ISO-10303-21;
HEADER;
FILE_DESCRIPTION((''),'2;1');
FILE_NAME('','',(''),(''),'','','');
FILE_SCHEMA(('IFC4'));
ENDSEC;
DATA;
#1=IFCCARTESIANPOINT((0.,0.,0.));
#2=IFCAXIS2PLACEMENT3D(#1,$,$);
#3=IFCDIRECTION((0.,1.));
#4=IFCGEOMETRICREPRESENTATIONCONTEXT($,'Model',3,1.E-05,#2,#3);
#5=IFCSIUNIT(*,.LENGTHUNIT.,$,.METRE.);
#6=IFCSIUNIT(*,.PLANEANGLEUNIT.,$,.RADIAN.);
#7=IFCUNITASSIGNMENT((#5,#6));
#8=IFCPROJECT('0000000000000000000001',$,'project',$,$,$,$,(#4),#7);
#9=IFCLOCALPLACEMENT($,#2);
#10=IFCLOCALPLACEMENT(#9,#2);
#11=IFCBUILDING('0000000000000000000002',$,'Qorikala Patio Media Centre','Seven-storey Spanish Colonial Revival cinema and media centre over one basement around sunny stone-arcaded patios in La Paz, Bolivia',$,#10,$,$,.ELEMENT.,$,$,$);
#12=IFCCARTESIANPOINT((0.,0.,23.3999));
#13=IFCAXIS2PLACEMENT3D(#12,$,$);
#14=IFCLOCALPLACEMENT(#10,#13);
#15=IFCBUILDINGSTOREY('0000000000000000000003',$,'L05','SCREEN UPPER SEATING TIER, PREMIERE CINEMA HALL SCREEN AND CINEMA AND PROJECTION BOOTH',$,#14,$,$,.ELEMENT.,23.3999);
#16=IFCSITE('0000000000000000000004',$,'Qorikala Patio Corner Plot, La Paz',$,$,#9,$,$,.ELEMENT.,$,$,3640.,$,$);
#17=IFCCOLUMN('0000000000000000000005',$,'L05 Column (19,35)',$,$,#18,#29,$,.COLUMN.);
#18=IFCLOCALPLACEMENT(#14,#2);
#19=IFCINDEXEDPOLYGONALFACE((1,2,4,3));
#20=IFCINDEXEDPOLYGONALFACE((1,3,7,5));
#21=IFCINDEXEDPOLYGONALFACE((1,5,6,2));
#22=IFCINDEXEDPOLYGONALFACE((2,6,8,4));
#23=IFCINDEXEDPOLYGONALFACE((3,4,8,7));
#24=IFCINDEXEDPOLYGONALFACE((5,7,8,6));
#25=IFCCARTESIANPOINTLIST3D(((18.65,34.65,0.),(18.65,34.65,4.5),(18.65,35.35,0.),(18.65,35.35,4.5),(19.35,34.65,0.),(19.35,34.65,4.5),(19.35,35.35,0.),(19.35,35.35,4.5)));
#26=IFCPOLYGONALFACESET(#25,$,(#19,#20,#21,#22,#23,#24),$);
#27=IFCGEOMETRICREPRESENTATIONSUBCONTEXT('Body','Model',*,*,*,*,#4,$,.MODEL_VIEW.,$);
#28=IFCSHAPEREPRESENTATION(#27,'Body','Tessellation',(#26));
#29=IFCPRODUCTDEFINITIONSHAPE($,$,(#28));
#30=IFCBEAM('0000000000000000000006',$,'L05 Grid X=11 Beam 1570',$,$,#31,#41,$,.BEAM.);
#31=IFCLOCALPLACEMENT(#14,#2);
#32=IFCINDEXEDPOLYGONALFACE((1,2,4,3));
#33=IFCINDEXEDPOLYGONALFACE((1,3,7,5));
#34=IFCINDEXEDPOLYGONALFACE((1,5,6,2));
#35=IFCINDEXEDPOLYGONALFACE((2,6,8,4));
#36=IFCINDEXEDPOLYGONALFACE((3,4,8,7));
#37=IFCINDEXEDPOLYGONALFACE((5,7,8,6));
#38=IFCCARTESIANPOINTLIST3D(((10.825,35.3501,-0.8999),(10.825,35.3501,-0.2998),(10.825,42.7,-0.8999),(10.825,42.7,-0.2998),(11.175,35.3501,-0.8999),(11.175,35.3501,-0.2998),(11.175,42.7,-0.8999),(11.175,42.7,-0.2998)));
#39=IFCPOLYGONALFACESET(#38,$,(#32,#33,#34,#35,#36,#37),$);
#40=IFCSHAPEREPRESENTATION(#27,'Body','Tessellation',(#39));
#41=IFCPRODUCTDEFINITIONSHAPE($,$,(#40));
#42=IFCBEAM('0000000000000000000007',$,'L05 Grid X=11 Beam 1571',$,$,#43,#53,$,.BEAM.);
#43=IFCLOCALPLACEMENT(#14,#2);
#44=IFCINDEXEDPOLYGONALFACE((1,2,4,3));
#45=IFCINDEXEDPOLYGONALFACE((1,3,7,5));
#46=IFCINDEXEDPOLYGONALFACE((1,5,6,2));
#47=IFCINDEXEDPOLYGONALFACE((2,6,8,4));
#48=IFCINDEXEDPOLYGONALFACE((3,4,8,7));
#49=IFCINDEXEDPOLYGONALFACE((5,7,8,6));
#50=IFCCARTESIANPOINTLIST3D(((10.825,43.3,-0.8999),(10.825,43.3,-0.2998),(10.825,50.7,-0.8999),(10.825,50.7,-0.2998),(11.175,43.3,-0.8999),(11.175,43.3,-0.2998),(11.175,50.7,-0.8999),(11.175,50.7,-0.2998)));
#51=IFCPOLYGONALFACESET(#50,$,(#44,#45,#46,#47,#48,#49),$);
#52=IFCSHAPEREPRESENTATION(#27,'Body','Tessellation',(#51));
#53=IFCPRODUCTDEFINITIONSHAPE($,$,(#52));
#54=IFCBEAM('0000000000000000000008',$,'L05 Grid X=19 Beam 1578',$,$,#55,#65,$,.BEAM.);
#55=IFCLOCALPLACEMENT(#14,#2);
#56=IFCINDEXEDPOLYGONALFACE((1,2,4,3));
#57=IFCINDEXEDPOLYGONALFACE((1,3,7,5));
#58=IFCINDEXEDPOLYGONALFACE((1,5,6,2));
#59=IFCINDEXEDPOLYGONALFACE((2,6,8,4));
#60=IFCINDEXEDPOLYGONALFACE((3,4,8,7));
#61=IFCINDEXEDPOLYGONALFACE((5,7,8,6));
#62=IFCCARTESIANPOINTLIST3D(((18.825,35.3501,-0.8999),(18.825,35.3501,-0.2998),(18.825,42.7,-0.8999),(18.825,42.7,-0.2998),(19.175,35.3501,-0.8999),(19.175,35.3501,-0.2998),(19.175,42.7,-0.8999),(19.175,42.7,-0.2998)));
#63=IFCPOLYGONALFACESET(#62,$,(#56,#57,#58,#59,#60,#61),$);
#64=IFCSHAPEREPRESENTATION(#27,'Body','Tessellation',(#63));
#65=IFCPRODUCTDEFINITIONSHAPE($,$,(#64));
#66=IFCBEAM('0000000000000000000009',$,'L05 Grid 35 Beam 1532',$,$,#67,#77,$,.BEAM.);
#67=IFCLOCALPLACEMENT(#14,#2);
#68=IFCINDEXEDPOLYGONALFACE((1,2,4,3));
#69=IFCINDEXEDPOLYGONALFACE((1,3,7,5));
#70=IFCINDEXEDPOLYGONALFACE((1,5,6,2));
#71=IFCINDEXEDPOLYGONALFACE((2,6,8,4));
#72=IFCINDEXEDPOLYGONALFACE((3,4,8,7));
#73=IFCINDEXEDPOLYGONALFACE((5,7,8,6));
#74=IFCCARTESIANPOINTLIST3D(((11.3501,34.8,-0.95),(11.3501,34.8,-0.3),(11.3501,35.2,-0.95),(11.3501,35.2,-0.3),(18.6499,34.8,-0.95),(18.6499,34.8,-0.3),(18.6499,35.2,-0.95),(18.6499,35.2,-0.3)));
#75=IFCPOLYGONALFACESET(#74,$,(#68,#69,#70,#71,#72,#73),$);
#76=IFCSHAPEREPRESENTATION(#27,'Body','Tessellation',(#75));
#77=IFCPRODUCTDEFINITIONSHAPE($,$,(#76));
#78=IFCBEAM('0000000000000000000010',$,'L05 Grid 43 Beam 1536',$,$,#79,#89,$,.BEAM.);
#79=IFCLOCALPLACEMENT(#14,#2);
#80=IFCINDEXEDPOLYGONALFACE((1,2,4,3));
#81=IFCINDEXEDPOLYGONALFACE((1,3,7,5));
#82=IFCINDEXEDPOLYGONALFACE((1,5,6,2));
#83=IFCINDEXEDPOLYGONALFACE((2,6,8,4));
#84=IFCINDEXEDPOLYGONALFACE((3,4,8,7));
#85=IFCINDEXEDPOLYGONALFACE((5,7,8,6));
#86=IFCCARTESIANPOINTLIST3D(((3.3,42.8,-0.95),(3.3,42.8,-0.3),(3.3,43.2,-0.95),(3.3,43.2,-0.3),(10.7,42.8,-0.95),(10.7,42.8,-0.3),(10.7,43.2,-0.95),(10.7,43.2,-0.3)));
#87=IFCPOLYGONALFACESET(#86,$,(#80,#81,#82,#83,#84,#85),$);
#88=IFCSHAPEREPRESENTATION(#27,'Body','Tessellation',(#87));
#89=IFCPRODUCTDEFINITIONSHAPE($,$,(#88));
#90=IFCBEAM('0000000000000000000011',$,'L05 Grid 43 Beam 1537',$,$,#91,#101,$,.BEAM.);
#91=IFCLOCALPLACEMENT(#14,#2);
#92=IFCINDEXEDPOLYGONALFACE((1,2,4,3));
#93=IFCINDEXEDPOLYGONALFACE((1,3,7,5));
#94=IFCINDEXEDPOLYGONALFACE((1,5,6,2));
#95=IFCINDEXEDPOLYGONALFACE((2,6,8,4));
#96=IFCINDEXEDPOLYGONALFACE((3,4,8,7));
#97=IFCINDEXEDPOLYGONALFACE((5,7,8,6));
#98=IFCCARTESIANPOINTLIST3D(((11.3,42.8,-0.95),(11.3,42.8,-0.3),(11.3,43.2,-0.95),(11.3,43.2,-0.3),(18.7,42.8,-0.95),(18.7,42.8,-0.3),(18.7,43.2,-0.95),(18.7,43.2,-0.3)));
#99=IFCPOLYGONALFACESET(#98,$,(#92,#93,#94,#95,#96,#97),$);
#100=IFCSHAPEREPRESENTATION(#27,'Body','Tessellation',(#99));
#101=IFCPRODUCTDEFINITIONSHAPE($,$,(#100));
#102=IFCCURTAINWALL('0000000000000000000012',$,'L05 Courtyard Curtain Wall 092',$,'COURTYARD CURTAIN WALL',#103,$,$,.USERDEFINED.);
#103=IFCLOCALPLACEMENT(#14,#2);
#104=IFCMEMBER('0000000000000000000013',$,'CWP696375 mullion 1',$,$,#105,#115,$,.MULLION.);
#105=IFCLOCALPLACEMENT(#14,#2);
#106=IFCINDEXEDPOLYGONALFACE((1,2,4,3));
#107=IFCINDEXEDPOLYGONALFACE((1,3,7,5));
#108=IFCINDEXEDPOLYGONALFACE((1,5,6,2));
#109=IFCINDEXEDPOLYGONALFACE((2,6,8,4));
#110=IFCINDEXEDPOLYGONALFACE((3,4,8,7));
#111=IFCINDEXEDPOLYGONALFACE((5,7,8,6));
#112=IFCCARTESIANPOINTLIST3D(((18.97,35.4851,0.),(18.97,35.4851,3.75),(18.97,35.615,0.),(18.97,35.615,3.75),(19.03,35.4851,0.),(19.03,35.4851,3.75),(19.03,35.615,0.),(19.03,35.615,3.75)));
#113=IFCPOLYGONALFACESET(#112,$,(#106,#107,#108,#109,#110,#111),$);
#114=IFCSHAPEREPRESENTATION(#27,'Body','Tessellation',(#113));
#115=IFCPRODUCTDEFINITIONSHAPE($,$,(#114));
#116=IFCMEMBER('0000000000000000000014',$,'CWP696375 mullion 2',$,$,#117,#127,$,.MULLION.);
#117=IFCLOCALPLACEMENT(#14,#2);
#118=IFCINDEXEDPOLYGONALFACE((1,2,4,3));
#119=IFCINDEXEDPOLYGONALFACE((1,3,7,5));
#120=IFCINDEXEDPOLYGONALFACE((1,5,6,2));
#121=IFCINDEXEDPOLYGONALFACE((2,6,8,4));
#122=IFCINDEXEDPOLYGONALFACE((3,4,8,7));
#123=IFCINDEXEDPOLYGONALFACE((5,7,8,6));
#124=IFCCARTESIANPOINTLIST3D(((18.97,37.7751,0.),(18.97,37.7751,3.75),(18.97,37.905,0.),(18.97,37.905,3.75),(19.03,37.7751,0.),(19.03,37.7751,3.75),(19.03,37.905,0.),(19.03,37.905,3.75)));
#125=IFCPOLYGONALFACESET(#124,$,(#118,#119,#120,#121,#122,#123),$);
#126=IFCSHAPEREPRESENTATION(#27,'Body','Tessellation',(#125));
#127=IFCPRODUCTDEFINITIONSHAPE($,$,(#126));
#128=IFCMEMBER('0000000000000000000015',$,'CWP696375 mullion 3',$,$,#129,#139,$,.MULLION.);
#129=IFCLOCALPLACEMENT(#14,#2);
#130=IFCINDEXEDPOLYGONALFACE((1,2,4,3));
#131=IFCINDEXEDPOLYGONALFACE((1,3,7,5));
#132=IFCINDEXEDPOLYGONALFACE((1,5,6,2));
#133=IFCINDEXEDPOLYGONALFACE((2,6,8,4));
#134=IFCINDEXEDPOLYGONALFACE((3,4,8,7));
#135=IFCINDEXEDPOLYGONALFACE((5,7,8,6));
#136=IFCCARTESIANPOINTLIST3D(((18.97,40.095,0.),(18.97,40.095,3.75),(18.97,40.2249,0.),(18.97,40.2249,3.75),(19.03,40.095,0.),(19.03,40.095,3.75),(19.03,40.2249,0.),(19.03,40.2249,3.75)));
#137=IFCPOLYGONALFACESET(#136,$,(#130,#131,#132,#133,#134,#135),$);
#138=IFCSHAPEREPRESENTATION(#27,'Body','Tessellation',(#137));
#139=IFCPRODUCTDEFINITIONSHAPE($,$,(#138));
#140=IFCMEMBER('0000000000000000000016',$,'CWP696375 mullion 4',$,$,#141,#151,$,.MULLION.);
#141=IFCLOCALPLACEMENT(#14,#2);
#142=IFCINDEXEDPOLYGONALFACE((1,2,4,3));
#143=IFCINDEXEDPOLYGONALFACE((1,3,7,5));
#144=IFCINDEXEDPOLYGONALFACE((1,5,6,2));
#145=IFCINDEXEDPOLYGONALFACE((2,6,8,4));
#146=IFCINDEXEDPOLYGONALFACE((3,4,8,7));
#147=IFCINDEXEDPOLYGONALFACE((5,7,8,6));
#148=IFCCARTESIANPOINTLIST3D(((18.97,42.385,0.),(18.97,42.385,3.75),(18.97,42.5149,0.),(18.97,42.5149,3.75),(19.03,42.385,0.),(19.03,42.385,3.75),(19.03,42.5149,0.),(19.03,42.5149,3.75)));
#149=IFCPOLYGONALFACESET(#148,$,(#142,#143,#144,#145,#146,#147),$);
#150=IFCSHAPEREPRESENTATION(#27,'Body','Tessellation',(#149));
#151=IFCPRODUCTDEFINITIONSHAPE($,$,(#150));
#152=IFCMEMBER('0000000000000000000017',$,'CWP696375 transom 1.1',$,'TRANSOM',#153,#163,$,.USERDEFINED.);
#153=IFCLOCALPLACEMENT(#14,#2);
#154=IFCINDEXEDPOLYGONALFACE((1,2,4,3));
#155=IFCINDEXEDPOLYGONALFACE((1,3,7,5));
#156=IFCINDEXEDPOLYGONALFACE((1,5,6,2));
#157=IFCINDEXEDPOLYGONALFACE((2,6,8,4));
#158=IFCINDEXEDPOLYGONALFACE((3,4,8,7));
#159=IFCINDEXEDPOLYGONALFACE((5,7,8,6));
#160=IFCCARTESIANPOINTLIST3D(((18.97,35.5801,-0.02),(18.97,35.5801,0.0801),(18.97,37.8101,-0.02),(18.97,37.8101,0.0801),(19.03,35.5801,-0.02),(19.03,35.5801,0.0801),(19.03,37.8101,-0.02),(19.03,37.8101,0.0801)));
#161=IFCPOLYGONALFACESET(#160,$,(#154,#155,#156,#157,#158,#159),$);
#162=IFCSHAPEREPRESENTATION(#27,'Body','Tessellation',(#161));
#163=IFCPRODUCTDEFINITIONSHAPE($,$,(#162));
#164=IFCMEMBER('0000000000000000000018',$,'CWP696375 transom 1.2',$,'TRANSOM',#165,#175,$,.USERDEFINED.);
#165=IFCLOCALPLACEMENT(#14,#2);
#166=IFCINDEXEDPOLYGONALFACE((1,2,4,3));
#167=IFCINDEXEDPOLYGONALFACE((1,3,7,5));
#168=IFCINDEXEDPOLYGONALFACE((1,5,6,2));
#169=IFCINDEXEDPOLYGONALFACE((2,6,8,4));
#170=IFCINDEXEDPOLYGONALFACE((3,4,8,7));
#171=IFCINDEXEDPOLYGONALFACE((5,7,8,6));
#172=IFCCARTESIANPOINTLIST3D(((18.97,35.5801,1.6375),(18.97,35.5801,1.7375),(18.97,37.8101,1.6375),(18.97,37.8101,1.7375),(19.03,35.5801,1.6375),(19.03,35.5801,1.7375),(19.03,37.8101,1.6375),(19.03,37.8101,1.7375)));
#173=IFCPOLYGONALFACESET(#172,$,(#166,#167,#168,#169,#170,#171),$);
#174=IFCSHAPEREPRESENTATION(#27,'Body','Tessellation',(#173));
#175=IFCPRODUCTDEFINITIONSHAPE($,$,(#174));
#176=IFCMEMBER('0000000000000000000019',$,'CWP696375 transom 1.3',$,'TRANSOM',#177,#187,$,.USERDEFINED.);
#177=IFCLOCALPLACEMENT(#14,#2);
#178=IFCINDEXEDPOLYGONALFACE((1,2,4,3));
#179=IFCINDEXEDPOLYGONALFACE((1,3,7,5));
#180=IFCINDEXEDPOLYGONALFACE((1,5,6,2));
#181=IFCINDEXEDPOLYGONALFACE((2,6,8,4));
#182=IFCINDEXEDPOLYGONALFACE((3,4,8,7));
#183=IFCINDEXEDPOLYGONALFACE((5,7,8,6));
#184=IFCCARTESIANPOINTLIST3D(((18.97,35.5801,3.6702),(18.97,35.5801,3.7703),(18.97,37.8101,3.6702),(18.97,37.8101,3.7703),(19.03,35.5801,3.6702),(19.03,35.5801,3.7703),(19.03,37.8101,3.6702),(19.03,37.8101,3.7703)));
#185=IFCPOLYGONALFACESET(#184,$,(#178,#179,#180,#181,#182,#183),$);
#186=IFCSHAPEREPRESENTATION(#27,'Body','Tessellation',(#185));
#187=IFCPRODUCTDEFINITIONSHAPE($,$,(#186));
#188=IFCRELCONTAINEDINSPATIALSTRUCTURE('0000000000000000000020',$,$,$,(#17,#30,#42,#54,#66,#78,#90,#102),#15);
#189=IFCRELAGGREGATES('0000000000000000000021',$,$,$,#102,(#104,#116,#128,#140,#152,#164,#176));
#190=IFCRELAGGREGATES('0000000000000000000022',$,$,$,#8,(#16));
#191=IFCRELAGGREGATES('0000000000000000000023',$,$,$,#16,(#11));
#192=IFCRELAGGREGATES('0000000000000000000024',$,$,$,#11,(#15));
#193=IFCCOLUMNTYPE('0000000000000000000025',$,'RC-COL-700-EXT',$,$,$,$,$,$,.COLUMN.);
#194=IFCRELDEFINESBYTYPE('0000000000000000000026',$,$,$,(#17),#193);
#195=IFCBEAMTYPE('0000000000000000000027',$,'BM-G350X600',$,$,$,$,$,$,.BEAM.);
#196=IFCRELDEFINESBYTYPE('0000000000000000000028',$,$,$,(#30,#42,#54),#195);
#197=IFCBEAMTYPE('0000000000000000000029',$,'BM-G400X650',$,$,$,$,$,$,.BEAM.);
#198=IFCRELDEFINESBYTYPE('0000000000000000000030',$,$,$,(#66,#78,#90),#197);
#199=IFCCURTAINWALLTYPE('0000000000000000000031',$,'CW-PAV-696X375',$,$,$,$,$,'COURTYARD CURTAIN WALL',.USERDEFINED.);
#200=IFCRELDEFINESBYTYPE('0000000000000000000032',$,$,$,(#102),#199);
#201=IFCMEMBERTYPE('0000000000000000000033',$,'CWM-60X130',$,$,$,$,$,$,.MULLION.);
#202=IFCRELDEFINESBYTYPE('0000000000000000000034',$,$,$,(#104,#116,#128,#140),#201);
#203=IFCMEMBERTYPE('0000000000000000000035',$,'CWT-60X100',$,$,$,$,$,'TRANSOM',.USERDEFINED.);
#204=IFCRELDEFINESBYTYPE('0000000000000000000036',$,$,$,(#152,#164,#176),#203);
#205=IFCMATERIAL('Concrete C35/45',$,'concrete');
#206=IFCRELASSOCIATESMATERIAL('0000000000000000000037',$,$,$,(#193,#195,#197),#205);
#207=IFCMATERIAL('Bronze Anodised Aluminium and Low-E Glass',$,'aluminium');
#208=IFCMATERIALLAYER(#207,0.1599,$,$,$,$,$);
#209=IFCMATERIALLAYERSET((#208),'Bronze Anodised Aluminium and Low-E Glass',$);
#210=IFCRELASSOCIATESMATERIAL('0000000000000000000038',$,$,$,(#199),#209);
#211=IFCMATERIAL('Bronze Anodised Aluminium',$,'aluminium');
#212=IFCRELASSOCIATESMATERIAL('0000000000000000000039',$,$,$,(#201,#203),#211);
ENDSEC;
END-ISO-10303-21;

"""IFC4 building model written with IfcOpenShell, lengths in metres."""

from ifc_helpers import new_model, si_unit, direction, frame, origin, origin_2d, place, context, subcontext, project, spatial, rectangle, extrude, material, layer, layer_set, material_profile, profile_set, type_object, element, aggregate, save


model = new_model("IFC4")

# Units and contexts
model_context = context("Model", 3, precision=1e-05, world=origin(), true_north=direction((0.0, 1.0)))
body_context = subcontext(model_context, "Body", "Model", "MODEL_VIEW")
ifc_project = project(units=[si_unit("LENGTHUNIT", "METRE"), si_unit("PLANEANGLEUNIT", "RADIAN")], contexts=[model_context])

# Site, building, storey
site_placement = place(None, origin())
site = spatial("IfcSite", under=ifc_project, at=site_placement, Name="Qorikala Patio Corner Plot, La Paz", CompositionType="ELEMENT", RefElevation=3640.0)
building_placement = place(site_placement, origin())
building = spatial("IfcBuilding", under=site, at=building_placement, Name="Qorikala Patio Media Centre", Description="Seven-storey Spanish Colonial Revival cinema and media centre over one basement around sunny stone-arcaded patios in La Paz, Bolivia", CompositionType="ELEMENT")
storey_placement = place(building_placement, frame((0.0, 0.0, 23.3999)))
storey = spatial("IfcBuildingStorey", under=building, at=storey_placement, Name="L05", Description="SCREEN UPPER SEATING TIER, PREMIERE CINEMA HALL SCREEN AND CINEMA AND PROJECTION BOOTH", CompositionType="ELEMENT", Elevation=23.3999)

# Column
ifc_material_1 = material(Name="Concrete C35/45", Category="concrete")
ifc_material_profile_1 = material_profile(ifc_material_1, rectangle(XDim=0.7, YDim=0.7, at=origin_2d()), Name="RC 700x700")
ifc_profile_set_1 = profile_set([ifc_material_profile_1], Name="Concrete C35/45")
column_type = type_object("IfcColumnType", Name="RC-COL-700-EXT", PredefinedType="COLUMN", material=ifc_profile_set_1)
column_placement = place(storey_placement, frame((19.0, 35.0, 0.0), z_axis=(0.0, 0.0, 1.0), x_axis=(1.0, 0.0, 0.0)))
element("IfcColumn", 1, at=column_placement, inside=storey, type_object=column_type, Name="L05 Column (19,35)", PredefinedType="COLUMN", context=body_context, shape_type="SweptSolid", body=[
    extrude(rectangle(XDim=0.7, YDim=0.7, at=origin_2d()), origin(), (0.0, 0.0, 1.0), 4.5),
])

# Beams
ifc_material_profile_2 = material_profile(ifc_material_1, rectangle(XDim=0.3501, YDim=0.6001, at=origin_2d()), Name="RC 350x600")
ifc_profile_set_2 = profile_set([ifc_material_profile_2], Name="Concrete C35/45")
beam_type_1 = type_object("IfcBeamType", Name="BM-G350X600", PredefinedType="BEAM", material=ifc_profile_set_2)
beam_1_placement = place(storey_placement, frame((11.0, 35.3501, -0.5999), z_axis=(0.0, 1.0, 0.0), x_axis=(-1.0, 0.0, 0.0)))
element("IfcBeam", 2, at=beam_1_placement, inside=storey, type_object=beam_type_1, Name="L05 Grid X=11 Beam 1570", PredefinedType="BEAM", context=body_context, shape_type="SweptSolid", body=[
    extrude(rectangle(XDim=0.3501, YDim=0.6001, at=origin_2d()), origin(), (0.0, 0.0, 1.0), 7.3499),
])
beam_2_placement = place(storey_placement, frame((11.0, 43.3, -0.5999), z_axis=(0.0, 1.0, 0.0), x_axis=(-1.0, 0.0, 0.0)))
element("IfcBeam", 3, at=beam_2_placement, inside=storey, type_object=beam_type_1, Name="L05 Grid X=11 Beam 1571", PredefinedType="BEAM", context=body_context, shape_type="SweptSolid", body=[
    extrude(rectangle(XDim=0.3501, YDim=0.6001, at=origin_2d()), origin(), (0.0, 0.0, 1.0), 7.3999),
])
beam_3_placement = place(storey_placement, frame((19.0, 35.3501, -0.5999), z_axis=(0.0, 1.0, 0.0), x_axis=(-1.0, 0.0, 0.0)))
element("IfcBeam", 4, at=beam_3_placement, inside=storey, type_object=beam_type_1, Name="L05 Grid X=19 Beam 1578", PredefinedType="BEAM", context=body_context, shape_type="SweptSolid", body=[
    extrude(rectangle(XDim=0.3501, YDim=0.6001, at=origin_2d()), origin(), (0.0, 0.0, 1.0), 7.3499),
])
ifc_material_profile_3 = material_profile(ifc_material_1, rectangle(XDim=0.3999, YDim=0.6499, at=origin_2d()), Name="RC 400x650")
ifc_profile_set_3 = profile_set([ifc_material_profile_3], Name="Concrete C35/45")
beam_type_2 = type_object("IfcBeamType", Name="BM-G400X650", PredefinedType="BEAM", material=ifc_profile_set_3)
beam_4_placement = place(storey_placement, frame((11.3501, 35.0, -0.625), z_axis=(1.0, 0.0, 0.0), x_axis=(0.0, 1.0, 0.0)))
element("IfcBeam", 5, at=beam_4_placement, inside=storey, type_object=beam_type_2, Name="L05 Grid 35 Beam 1532", PredefinedType="BEAM", context=body_context, shape_type="SweptSolid", body=[
    extrude(rectangle(XDim=0.3999, YDim=0.6499, at=origin_2d()), origin(), (0.0, 0.0, 1.0), 7.2998),
])
for number, where, z_axis, x_axis, name in (
    (6, (3.3, 43.0, -0.625), (1.0, 0.0, 0.0), (0.0, 1.0, 0.0), "L05 Grid 43 Beam 1536"),
    (7, (11.3, 43.0, -0.625), (1.0, 0.0, 0.0), (0.0, 1.0, 0.0), "L05 Grid 43 Beam 1537"),
):
    element("IfcBeam", number, at=place(storey_placement, frame(where, z_axis=z_axis, x_axis=x_axis)), inside=storey, type_object=beam_type_2, Name=name, PredefinedType="BEAM", context=body_context, shape_type="SweptSolid", body=[
        extrude(rectangle(XDim=0.3999, YDim=0.6499, at=origin_2d()), origin(), (0.0, 0.0, 1.0), 7.3999),
    ])

# Curtain wall, members
ifc_material_2 = material(Name="Bronze Anodised Aluminium and Low-E Glass", Category="aluminium")
ifc_layer_1 = layer(ifc_material_2, 0.1599)
ifc_layer_set_1 = layer_set([ifc_layer_1], Name="Bronze Anodised Aluminium and Low-E Glass")
curtain_wall_type = type_object("IfcCurtainWallType", Name="CW-PAV-696X375", ElementType="COURTYARD CURTAIN WALL", PredefinedType="USERDEFINED", material=ifc_layer_set_1)
curtain_wall_placement = place(storey_placement, origin())
curtain_wall = element("IfcCurtainWall", 8, at=curtain_wall_placement, inside=storey, type_object=curtain_wall_type, Name="L05 Courtyard Curtain Wall 092", ObjectType="COURTYARD CURTAIN WALL", PredefinedType="USERDEFINED")
ifc_material_3 = material(Name="Bronze Anodised Aluminium", Category="aluminium")
ifc_material_profile_4 = material_profile(ifc_material_3, rectangle(XDim=0.0601, YDim=0.1299, at=origin_2d()), Name="ALU MULLION 60x130")
ifc_profile_set_4 = profile_set([ifc_material_profile_4], Name="Bronze Anodised Aluminium")
member_type_1 = type_object("IfcMemberType", Name="CWM-60X130", PredefinedType="MULLION", material=ifc_profile_set_4)
member_1_placement = place(storey_placement, frame((19.0, 35.55, 0.0), z_axis=(0.0, 0.0, 1.0), x_axis=(-1.0, 0.0, 0.0)))
member_1 = element("IfcMember", 9, at=member_1_placement, type_object=member_type_1, Name="CWP696375 mullion 1", PredefinedType="MULLION", context=body_context, shape_type="SweptSolid", body=[
    extrude(rectangle(XDim=0.0601, YDim=0.1299, at=origin_2d()), origin(), (0.0, 0.0, 1.0), 3.75),
])
member_2_placement = place(storey_placement, frame((19.0, 37.8401, 0.0), z_axis=(0.0, 0.0, 1.0), x_axis=(-1.0, 0.0, 0.0)))
member_2 = element("IfcMember", 10, at=member_2_placement, type_object=member_type_1, Name="CWP696375 mullion 2", PredefinedType="MULLION", context=body_context, shape_type="SweptSolid", body=[
    extrude(rectangle(XDim=0.0601, YDim=0.1299, at=origin_2d()), origin(), (0.0, 0.0, 1.0), 3.75),
])
member_3_placement = place(storey_placement, frame((19.0, 40.1599, 0.0), z_axis=(0.0, 0.0, 1.0), x_axis=(-1.0, 0.0, 0.0)))
member_3 = element("IfcMember", 11, at=member_3_placement, type_object=member_type_1, Name="CWP696375 mullion 3", PredefinedType="MULLION", context=body_context, shape_type="SweptSolid", body=[
    extrude(rectangle(XDim=0.0601, YDim=0.1299, at=origin_2d()), origin(), (0.0, 0.0, 1.0), 3.75),
])
member_4_placement = place(storey_placement, frame((19.0, 42.45, 0.0), z_axis=(0.0, 0.0, 1.0), x_axis=(-1.0, 0.0, 0.0)))
member_4 = element("IfcMember", 12, at=member_4_placement, type_object=member_type_1, Name="CWP696375 mullion 4", PredefinedType="MULLION", context=body_context, shape_type="SweptSolid", body=[
    extrude(rectangle(XDim=0.0601, YDim=0.1299, at=origin_2d()), origin(), (0.0, 0.0, 1.0), 3.75),
])
ifc_material_profile_5 = material_profile(ifc_material_3, rectangle(XDim=0.0601, YDim=0.1001, at=origin_2d()), Name="ALU TRANSOM 60x100")
ifc_profile_set_5 = profile_set([ifc_material_profile_5], Name="Bronze Anodised Aluminium")
member_type_2 = type_object("IfcMemberType", Name="CWT-60X100", ElementType="TRANSOM", PredefinedType="USERDEFINED", material=ifc_profile_set_5)
member_5_placement = place(storey_placement, frame((19.0, 35.5801, 0.03), z_axis=(0.0, 1.0, 0.0), x_axis=(-1.0, 0.0, 0.0)))
member_5 = element("IfcMember", 13, at=member_5_placement, type_object=member_type_2, Name="CWP696375 transom 1.1", ObjectType="TRANSOM", PredefinedType="USERDEFINED", context=body_context, shape_type="SweptSolid", body=[
    extrude(rectangle(XDim=0.0601, YDim=0.1001, at=origin_2d()), origin(), (0.0, 0.0, 1.0), 2.23),
])
member_6_placement = place(storey_placement, frame((19.0, 35.5801, 1.6875), z_axis=(0.0, 1.0, 0.0), x_axis=(-1.0, 0.0, 0.0)))
member_6 = element("IfcMember", 14, at=member_6_placement, type_object=member_type_2, Name="CWP696375 transom 1.2", ObjectType="TRANSOM", PredefinedType="USERDEFINED", context=body_context, shape_type="SweptSolid", body=[
    extrude(rectangle(XDim=0.0601, YDim=0.1001, at=origin_2d()), origin(), (0.0, 0.0, 1.0), 2.23),
])
member_7_placement = place(storey_placement, frame((19.0, 35.5801, 3.7202), z_axis=(0.0, 1.0, 0.0), x_axis=(-1.0, 0.0, 0.0)))
member_7 = element("IfcMember", 15, at=member_7_placement, type_object=member_type_2, Name="CWP696375 transom 1.3", ObjectType="TRANSOM", PredefinedType="USERDEFINED", context=body_context, shape_type="SweptSolid", body=[
    extrude(rectangle(XDim=0.0601, YDim=0.1001, at=origin_2d()), origin(), (0.0, 0.0, 1.0), 2.23),
])

aggregate(curtain_wall, [member_1, member_2, member_3, member_4, member_5, member_6, member_7])

save(model, "model.ifc")
